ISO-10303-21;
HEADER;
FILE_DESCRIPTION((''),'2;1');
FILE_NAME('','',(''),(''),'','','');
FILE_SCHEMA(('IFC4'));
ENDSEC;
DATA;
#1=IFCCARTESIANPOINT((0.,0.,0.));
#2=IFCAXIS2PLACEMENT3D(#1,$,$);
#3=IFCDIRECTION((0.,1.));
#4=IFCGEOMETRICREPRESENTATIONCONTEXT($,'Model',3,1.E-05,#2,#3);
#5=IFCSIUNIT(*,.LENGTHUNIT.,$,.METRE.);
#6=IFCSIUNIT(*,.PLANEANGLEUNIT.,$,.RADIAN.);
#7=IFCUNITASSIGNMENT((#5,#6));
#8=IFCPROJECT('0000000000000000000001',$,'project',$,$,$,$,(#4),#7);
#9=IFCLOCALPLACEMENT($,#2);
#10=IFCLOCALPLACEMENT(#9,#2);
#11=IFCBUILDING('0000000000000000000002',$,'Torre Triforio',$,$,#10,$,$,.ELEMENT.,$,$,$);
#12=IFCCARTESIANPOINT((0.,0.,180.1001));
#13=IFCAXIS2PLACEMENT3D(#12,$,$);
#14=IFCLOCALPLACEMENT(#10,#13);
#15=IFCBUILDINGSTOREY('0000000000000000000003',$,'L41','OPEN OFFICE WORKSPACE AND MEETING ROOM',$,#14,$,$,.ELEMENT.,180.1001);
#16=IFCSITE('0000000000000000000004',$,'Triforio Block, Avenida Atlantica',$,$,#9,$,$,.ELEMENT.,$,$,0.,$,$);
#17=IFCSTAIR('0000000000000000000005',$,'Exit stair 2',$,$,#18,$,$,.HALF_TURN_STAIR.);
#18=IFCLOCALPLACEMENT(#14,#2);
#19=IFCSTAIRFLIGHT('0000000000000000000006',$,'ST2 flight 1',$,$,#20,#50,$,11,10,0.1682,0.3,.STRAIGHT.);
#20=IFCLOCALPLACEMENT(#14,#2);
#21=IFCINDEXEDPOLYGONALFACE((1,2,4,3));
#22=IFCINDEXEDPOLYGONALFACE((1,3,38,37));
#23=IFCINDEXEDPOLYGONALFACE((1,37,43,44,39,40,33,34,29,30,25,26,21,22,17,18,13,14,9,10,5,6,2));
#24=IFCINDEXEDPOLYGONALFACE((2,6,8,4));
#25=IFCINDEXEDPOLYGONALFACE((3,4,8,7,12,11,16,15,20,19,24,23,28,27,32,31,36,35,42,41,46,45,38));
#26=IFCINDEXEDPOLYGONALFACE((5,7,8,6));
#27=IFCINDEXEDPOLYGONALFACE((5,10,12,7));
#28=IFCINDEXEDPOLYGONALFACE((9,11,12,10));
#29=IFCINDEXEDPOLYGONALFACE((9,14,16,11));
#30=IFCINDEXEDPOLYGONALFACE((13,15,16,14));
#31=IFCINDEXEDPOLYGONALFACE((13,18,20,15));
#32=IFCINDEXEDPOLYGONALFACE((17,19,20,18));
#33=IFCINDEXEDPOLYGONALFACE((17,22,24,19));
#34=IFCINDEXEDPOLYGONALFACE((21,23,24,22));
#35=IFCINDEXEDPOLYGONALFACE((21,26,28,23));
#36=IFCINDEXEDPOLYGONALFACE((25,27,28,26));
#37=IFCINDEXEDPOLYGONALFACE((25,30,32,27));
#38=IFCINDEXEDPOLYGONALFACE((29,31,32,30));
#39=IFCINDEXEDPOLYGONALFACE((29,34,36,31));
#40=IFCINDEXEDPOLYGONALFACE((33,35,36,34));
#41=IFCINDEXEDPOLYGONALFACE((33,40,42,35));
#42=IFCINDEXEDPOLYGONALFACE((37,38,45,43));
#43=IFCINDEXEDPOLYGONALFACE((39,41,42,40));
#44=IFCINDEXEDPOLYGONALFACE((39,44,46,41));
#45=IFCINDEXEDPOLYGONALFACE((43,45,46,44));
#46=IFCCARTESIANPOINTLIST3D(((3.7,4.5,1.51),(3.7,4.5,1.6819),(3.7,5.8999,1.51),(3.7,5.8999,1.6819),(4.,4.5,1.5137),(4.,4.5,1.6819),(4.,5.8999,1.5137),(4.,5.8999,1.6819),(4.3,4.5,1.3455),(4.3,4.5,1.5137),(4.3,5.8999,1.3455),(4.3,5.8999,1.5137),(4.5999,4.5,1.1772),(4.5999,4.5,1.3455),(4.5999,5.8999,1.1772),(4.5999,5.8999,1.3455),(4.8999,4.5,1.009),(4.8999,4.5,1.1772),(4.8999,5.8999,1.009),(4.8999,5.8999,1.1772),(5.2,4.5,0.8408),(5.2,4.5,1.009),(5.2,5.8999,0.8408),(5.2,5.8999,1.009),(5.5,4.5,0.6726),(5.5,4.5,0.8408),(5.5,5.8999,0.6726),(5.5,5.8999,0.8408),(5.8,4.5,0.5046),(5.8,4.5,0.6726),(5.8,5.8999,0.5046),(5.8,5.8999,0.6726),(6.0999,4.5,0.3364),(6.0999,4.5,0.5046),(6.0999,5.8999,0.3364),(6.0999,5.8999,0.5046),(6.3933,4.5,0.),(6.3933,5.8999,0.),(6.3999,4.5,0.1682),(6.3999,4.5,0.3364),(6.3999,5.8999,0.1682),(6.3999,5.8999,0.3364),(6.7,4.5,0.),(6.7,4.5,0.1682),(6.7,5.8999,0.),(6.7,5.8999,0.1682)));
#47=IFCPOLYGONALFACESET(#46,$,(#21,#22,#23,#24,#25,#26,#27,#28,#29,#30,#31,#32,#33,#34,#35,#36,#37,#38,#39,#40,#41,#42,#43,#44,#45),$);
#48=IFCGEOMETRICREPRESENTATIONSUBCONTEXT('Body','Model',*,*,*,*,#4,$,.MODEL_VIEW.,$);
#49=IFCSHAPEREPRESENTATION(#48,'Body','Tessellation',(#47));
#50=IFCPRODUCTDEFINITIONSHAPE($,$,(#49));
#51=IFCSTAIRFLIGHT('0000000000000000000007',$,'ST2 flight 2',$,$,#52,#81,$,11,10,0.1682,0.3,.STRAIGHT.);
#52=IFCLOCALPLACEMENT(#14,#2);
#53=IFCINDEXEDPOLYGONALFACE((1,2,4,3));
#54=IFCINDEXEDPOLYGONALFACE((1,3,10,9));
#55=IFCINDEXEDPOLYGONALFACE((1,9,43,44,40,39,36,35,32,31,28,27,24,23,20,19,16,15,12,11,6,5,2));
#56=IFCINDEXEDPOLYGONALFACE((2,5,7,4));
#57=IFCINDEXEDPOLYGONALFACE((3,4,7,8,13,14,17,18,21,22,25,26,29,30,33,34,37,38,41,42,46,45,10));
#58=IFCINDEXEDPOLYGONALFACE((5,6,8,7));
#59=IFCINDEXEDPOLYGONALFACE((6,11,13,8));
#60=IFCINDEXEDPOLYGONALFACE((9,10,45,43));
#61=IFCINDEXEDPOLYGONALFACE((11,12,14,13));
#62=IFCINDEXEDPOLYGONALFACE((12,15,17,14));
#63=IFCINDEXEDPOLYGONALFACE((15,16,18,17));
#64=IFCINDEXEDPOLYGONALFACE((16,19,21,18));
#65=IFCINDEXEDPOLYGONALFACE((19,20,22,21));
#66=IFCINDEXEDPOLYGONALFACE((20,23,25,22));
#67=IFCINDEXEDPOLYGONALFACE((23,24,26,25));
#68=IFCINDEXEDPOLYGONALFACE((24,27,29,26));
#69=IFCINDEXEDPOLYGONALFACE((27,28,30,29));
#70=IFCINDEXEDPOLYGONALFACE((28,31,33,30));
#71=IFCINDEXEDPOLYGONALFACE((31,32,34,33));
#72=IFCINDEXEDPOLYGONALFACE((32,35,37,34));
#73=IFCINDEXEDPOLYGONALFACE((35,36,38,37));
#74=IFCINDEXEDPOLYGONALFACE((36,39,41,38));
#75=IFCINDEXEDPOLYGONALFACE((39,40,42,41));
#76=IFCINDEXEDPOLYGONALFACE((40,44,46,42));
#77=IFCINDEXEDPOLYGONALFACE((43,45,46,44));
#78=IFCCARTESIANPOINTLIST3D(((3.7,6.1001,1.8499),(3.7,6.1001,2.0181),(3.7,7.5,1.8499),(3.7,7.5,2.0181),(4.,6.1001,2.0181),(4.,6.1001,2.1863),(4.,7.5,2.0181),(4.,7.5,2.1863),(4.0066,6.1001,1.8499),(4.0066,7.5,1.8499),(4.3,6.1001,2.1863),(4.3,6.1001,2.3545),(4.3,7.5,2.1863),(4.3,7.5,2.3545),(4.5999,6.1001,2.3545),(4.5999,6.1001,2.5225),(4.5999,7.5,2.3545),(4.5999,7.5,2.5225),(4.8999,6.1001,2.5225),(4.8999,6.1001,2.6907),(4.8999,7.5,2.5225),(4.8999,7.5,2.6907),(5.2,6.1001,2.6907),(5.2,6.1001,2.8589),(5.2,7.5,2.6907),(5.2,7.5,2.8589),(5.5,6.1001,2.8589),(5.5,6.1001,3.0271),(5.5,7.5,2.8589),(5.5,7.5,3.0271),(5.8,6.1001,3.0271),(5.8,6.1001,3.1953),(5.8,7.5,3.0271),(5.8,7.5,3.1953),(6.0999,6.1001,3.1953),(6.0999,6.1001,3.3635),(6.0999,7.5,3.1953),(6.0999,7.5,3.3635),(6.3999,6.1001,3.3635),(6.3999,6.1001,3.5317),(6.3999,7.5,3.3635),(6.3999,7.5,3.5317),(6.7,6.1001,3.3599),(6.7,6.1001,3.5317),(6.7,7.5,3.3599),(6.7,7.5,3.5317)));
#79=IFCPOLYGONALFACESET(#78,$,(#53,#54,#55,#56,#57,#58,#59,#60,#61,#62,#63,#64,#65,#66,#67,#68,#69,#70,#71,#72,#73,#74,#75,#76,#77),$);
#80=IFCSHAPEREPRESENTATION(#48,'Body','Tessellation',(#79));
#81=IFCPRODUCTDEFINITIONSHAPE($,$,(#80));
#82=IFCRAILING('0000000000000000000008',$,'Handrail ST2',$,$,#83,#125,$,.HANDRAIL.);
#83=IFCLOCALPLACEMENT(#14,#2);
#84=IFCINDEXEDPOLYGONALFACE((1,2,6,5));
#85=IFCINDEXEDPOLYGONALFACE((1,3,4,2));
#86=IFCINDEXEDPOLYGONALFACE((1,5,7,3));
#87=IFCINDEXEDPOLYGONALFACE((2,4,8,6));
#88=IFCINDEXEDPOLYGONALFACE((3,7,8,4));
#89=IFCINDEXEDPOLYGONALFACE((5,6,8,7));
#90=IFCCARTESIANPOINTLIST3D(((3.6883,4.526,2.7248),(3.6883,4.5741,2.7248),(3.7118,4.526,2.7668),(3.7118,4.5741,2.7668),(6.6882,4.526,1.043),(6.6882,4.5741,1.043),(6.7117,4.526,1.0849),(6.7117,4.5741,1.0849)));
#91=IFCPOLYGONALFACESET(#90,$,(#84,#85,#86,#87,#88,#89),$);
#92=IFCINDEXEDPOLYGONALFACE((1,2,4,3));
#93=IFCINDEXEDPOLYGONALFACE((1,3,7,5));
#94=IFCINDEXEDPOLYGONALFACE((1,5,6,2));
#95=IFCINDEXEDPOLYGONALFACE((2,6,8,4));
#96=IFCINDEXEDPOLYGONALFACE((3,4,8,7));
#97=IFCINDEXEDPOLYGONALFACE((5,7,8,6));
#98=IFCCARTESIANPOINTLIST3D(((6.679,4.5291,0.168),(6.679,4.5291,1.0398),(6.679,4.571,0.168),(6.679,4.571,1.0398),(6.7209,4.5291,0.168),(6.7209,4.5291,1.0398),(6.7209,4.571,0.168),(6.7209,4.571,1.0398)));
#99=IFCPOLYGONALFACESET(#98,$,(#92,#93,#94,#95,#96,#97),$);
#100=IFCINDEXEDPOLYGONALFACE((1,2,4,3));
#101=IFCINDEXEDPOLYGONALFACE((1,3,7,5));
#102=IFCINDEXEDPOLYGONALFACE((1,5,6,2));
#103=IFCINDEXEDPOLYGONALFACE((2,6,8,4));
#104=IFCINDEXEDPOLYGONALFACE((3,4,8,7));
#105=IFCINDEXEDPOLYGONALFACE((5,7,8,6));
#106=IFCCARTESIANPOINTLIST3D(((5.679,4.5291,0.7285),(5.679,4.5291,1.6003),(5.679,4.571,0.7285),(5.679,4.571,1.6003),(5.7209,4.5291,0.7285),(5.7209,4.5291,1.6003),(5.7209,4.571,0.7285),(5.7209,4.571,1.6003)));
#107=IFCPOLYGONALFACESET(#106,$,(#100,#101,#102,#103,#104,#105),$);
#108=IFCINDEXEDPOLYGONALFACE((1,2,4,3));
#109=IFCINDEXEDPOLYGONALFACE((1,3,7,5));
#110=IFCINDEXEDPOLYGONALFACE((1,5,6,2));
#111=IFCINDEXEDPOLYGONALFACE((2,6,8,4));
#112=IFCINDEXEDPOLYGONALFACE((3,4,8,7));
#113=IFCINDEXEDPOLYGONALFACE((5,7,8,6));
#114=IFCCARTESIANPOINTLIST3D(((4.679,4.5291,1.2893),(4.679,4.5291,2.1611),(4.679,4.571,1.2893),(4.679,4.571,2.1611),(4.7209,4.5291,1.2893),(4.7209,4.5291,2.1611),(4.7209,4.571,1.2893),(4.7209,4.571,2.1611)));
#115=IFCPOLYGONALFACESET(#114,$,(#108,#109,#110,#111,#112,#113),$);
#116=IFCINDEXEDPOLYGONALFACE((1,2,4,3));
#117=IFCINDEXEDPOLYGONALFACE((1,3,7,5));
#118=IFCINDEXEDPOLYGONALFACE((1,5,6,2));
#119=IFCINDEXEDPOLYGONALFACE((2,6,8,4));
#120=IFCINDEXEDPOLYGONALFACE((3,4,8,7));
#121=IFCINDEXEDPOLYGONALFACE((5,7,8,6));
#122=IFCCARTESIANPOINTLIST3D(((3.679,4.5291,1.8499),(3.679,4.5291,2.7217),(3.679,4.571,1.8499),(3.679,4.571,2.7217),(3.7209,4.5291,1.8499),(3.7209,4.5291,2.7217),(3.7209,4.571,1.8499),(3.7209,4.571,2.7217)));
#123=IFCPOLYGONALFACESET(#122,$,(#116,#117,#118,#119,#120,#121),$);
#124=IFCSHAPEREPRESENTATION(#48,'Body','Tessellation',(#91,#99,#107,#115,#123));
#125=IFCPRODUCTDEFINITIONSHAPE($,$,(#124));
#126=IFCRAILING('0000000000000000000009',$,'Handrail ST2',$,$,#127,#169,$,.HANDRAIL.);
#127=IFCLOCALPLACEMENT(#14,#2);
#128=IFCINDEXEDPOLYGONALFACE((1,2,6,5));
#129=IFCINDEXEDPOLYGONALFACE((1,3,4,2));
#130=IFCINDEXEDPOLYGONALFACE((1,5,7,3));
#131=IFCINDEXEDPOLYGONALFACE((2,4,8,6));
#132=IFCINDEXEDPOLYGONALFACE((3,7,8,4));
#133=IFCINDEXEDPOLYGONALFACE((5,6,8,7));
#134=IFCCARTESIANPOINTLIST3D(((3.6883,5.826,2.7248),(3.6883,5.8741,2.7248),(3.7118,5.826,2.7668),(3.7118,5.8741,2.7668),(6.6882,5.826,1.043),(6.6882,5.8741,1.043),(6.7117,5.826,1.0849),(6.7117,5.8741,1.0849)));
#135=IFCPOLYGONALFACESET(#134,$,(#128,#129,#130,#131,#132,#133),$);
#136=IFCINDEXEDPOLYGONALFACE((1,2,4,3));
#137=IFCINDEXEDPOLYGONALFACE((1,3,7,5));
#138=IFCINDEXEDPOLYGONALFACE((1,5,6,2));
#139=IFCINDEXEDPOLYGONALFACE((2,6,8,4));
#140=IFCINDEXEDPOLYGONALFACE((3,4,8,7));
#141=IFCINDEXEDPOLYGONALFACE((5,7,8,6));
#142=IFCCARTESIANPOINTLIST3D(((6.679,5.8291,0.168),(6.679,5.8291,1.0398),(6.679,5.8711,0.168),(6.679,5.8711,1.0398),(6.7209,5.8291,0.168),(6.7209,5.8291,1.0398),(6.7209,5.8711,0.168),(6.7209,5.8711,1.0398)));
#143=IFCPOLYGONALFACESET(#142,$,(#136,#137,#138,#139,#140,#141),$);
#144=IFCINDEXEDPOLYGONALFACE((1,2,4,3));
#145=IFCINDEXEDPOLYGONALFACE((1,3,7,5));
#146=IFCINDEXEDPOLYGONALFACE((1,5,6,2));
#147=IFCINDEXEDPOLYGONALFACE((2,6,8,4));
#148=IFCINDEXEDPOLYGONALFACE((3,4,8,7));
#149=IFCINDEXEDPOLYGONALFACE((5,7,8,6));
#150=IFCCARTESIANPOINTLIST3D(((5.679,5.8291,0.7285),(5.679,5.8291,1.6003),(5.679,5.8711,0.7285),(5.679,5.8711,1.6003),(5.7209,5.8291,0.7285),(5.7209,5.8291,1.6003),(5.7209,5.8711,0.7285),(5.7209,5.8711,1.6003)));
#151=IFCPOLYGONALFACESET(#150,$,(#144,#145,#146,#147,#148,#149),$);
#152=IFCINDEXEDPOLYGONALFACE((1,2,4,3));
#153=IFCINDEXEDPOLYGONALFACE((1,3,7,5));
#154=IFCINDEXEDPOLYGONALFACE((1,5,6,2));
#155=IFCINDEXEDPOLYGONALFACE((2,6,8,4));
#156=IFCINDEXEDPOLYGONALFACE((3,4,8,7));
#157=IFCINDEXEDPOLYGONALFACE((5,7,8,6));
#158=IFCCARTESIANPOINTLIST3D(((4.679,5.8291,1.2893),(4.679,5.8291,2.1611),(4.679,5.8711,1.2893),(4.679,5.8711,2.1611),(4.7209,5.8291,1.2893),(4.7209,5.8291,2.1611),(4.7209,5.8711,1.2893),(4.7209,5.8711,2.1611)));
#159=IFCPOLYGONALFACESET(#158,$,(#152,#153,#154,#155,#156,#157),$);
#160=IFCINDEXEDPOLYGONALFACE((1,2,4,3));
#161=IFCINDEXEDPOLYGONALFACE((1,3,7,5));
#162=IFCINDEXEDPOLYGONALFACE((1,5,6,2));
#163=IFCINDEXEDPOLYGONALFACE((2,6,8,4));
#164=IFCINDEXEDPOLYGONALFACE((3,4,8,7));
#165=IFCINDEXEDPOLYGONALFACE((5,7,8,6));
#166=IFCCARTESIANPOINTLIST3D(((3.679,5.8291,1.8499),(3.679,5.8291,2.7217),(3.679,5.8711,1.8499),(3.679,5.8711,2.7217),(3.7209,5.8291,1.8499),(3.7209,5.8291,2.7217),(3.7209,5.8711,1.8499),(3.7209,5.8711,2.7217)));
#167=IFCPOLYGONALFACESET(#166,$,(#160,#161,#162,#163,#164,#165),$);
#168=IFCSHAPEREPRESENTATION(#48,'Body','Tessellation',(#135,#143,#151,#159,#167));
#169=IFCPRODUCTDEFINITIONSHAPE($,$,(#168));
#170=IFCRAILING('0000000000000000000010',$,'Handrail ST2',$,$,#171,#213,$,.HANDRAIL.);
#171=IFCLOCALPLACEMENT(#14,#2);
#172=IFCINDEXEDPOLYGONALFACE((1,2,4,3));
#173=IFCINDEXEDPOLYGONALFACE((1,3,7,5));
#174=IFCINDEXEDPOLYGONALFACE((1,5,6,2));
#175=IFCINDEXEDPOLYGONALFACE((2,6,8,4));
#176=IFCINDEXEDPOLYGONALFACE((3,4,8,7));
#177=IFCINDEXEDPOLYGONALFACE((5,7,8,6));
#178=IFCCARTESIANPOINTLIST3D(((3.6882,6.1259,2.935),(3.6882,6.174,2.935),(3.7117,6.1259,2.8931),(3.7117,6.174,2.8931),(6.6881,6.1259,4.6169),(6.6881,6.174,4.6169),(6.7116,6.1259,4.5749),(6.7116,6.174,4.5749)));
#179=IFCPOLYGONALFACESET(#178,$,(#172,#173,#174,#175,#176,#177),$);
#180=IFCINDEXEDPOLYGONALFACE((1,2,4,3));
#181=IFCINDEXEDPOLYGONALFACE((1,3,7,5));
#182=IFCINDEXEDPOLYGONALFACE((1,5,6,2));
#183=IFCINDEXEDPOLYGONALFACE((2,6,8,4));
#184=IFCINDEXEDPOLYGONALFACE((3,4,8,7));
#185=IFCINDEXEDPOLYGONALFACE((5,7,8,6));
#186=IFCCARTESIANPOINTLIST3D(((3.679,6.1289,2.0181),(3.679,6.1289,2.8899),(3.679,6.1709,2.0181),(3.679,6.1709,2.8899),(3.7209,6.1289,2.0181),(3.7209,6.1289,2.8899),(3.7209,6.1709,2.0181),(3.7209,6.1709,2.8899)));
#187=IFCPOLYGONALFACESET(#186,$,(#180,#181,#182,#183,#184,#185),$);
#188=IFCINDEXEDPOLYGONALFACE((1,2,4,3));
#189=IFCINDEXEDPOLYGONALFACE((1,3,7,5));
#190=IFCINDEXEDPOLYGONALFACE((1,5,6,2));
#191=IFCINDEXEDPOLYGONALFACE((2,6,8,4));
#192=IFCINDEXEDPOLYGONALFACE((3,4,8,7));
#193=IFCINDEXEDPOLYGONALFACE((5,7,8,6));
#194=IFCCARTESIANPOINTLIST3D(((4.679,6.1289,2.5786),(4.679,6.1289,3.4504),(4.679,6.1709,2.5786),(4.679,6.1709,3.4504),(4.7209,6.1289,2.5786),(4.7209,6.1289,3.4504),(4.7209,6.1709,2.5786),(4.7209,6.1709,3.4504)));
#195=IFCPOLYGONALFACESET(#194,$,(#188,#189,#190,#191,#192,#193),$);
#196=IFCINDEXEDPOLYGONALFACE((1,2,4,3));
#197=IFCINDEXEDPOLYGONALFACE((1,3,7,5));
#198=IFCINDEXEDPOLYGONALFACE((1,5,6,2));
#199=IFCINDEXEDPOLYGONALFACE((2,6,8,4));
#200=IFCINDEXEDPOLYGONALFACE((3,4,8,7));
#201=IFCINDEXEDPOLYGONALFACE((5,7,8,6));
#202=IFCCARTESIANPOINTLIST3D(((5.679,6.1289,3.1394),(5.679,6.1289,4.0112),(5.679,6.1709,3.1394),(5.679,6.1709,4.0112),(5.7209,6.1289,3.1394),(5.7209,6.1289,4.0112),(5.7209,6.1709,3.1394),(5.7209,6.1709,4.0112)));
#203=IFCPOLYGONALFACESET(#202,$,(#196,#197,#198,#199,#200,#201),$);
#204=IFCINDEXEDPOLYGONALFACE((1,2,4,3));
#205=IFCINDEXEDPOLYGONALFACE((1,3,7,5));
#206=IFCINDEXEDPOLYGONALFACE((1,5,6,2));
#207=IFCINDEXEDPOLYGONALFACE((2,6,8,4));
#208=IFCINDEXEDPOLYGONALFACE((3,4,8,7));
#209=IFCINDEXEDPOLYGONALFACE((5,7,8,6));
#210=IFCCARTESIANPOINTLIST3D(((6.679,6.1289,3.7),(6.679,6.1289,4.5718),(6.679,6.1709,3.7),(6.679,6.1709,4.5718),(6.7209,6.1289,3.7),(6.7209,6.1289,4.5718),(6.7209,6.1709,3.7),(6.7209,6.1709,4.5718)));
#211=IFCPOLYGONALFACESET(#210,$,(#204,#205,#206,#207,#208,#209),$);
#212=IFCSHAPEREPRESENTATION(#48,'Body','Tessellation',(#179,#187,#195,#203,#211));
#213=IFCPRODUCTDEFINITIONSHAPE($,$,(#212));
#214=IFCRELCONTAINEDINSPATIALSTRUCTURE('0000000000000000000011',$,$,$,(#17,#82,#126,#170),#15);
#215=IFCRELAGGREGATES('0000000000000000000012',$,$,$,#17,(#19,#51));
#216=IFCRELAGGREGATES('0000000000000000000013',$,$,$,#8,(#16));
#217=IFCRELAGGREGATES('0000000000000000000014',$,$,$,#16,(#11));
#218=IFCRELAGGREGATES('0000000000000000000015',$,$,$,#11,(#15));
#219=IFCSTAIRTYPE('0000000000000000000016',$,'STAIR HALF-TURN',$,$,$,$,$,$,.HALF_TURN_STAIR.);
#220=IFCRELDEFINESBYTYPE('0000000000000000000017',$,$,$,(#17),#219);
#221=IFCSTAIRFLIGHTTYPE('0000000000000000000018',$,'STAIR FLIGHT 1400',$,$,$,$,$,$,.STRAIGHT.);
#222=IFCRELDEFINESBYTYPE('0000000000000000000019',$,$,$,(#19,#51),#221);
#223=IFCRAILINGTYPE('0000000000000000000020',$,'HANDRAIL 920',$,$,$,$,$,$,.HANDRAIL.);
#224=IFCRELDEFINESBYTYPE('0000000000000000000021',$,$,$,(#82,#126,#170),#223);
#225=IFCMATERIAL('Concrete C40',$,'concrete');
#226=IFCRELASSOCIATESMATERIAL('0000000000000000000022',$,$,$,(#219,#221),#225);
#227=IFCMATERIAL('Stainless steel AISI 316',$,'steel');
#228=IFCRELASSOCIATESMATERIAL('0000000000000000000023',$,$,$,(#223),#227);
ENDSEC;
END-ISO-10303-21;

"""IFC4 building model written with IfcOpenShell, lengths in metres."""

from ifc_helpers import new_model, si_unit, direction, frame, origin, origin_2d, place, context, subcontext, project, spatial, polyline, rectangle, outline, extrude, material, type_object, element, aggregate, save


model = new_model("IFC4")

# Units and contexts
model_context = context("Model", 3, precision=1e-05, world=origin(), true_north=direction((0.0, 1.0)))
body_context = subcontext(model_context, "Body", "Model", "MODEL_VIEW")
ifc_project = project(units=[si_unit("LENGTHUNIT", "METRE"), si_unit("PLANEANGLEUNIT", "RADIAN")], contexts=[model_context])

# Site, building, storey
site_placement = place(None, origin())
site = spatial("IfcSite", under=ifc_project, at=site_placement, Name="Triforio Block, Avenida Atlantica", CompositionType="ELEMENT", RefElevation=0.0)
building_placement = place(site_placement, origin())
building = spatial("IfcBuilding", under=site, at=building_placement, Name="Torre Triforio", CompositionType="ELEMENT")
storey_placement = place(building_placement, frame((0.0, 0.0, 180.1001)))
storey = spatial("IfcBuildingStorey", under=building, at=storey_placement, Name="L41", Description="OPEN OFFICE WORKSPACE AND MEETING ROOM", CompositionType="ELEMENT", Elevation=180.1001)

# Stair
ifc_material_1 = material(Name="Concrete C40", Category="concrete")
stair_type = type_object("IfcStairType", Name="STAIR HALF-TURN", PredefinedType="HALF_TURN_STAIR", material=ifc_material_1)
stair_1_placement = place(storey_placement, origin())
stair_1 = element("IfcStair", 1, at=stair_1_placement, inside=storey, type_object=stair_type, Name="Exit stair 2", PredefinedType="HALF_TURN_STAIR")

# Stair flights
stair_flight_type = type_object("IfcStairFlightType", Name="STAIR FLIGHT 1400", PredefinedType="STRAIGHT", material=ifc_material_1)
stair_flight_1_placement = place(storey_placement, frame((6.7, 5.2, 0.0), z_axis=(0.0, 0.0, 1.0), x_axis=(-1.0, 0.0, 0.0)))
stair_flight_1 = element("IfcStairFlight", 2, at=stair_flight_1_placement, type_object=stair_flight_type, Name="ST2 flight 1", NumberOfRisers=11, NumberOfTreads=10, PredefinedType="STRAIGHT", RiserHeight=0.1682, TreadLength=0.3, context=body_context, shape_type="SweptSolid", body=[
    extrude(outline(polyline([(0.0, 0.0), (0.0, 0.1682), (0.3, 0.1682), (0.3, 0.3364), (0.6001, 0.3364), (0.6001, 0.5046), (0.8999, 0.5046), (0.8999, 0.6726), (1.2, 0.6726), (1.2, 0.8408), (1.5, 0.8408), (1.5, 1.009), (1.8, 1.009), (1.8, 1.1772), (2.1001, 1.1772), (2.1001, 1.3455), (2.3999, 1.3455), (2.3999, 1.5137), (2.7, 1.5137), (2.7, 1.6819), (3.0, 1.6819), (3.0, 1.8501), (3.0, 1.51), (0.3066, 0.0), (0.0, 0.0)])), frame((0.0, 0.7, 0.0), z_axis=(0.0, -1.0, 0.0), x_axis=(1.0, 0.0, 0.0)), (0.0, 0.0, 1.0), 1.3999),
])
stair_flight_2_placement = place(storey_placement, frame((3.7, 6.8, 1.8499), z_axis=(0.0, 0.0, 1.0), x_axis=(1.0, 0.0, 0.0)))
stair_flight_2 = element("IfcStairFlight", 3, at=stair_flight_2_placement, type_object=stair_flight_type, Name="ST2 flight 2", NumberOfRisers=11, NumberOfTreads=10, PredefinedType="STRAIGHT", RiserHeight=0.1682, TreadLength=0.3, context=body_context, shape_type="SweptSolid", body=[
    extrude(outline(polyline([(0.0, 0.0), (0.0, 0.1682), (0.3, 0.1682), (0.3, 0.3364), (0.6001, 0.3364), (0.6001, 0.5046), (0.8999, 0.5046), (0.8999, 0.6726), (1.2, 0.6726), (1.2, 0.8408), (1.5, 0.8408), (1.5, 1.009), (1.8, 1.009), (1.8, 1.1772), (2.1001, 1.1772), (2.1001, 1.3455), (2.3999, 1.3455), (2.3999, 1.5137), (2.7, 1.5137), (2.7, 1.6819), (3.0, 1.6819), (3.0, 1.8501), (3.0, 1.51), (0.3066, 0.0), (0.0, 0.0)])), frame((0.0, 0.7, 0.0), z_axis=(0.0, -1.0, 0.0), x_axis=(1.0, 0.0, 0.0)), (0.0, 0.0, 1.0), 1.3999),
])
aggregate(stair_1, [stair_flight_1, stair_flight_2])

# Railings
ifc_material_2 = material(Name="Stainless steel AISI 316", Category="steel")
railing_type = type_object("IfcRailingType", Name="HANDRAIL 920", PredefinedType="HANDRAIL", material=ifc_material_2)
for number, where, name in (
    (4, (6.7, 4.55, 0.168), "Handrail ST2"),
    (5, (6.7, 5.8501, 0.168), "Handrail ST2"),
):
    element("IfcRailing", number, at=place(storey_placement, frame(where)), inside=storey, type_object=railing_type, Name=name, PredefinedType="HANDRAIL", context=body_context, shape_type="SweptSolid", body=[
        extrude(rectangle(XDim=0.0481, YDim=0.0481, at=origin_2d()), frame((0.0, 0.0, 0.896), z_axis=(-0.872272, 0.0, 0.48902), x_axis=(0.0, -1.0, 0.0)), (0.0, 0.0, 1.0), 3.4392),
        extrude(rectangle(XDim=0.042, YDim=0.042, at=origin_2d()), origin(), (0.0, 0.0, 1.0), 0.8718),
        extrude(rectangle(XDim=0.042, YDim=0.042, at=origin_2d()), frame((-1.0, 0.0, 0.5605)), (0.0, 0.0, 1.0), 0.8718),
        extrude(rectangle(XDim=0.042, YDim=0.042, at=origin_2d()), frame((-2.0, 0.0, 1.1213)), (0.0, 0.0, 1.0), 0.8718),
        extrude(rectangle(XDim=0.042, YDim=0.042, at=origin_2d()), frame((-3.0, 0.0, 1.6819)), (0.0, 0.0, 1.0), 0.8718),
    ])
railing_placement = place(storey_placement, frame((3.7, 6.1499, 2.0181)))
element("IfcRailing", 6, at=railing_placement, inside=storey, type_object=railing_type, Name="Handrail ST2", PredefinedType="HANDRAIL", context=body_context, shape_type="SweptSolid", body=[
    extrude(rectangle(XDim=0.0481, YDim=0.0481, at=origin_2d()), frame((0.0, 0.0, 0.896), z_axis=(0.872272, 0.0, 0.48902), x_axis=(0.0, 1.0, 0.0)), (0.0, 0.0, 1.0), 3.4392),
    extrude(rectangle(XDim=0.042, YDim=0.042, at=origin_2d()), origin(), (0.0, 0.0, 1.0), 0.8718),
    extrude(rectangle(XDim=0.042, YDim=0.042, at=origin_2d()), frame((1.0, 0.0, 0.5605)), (0.0, 0.0, 1.0), 0.8718),
    extrude(rectangle(XDim=0.042, YDim=0.042, at=origin_2d()), frame((2.0, 0.0, 1.1213)), (0.0, 0.0, 1.0), 0.8718),
    extrude(rectangle(XDim=0.042, YDim=0.042, at=origin_2d()), frame((3.0, 0.0, 1.6819)), (0.0, 0.0, 1.0), 0.8718),
])

save(model, "model.ifc")
